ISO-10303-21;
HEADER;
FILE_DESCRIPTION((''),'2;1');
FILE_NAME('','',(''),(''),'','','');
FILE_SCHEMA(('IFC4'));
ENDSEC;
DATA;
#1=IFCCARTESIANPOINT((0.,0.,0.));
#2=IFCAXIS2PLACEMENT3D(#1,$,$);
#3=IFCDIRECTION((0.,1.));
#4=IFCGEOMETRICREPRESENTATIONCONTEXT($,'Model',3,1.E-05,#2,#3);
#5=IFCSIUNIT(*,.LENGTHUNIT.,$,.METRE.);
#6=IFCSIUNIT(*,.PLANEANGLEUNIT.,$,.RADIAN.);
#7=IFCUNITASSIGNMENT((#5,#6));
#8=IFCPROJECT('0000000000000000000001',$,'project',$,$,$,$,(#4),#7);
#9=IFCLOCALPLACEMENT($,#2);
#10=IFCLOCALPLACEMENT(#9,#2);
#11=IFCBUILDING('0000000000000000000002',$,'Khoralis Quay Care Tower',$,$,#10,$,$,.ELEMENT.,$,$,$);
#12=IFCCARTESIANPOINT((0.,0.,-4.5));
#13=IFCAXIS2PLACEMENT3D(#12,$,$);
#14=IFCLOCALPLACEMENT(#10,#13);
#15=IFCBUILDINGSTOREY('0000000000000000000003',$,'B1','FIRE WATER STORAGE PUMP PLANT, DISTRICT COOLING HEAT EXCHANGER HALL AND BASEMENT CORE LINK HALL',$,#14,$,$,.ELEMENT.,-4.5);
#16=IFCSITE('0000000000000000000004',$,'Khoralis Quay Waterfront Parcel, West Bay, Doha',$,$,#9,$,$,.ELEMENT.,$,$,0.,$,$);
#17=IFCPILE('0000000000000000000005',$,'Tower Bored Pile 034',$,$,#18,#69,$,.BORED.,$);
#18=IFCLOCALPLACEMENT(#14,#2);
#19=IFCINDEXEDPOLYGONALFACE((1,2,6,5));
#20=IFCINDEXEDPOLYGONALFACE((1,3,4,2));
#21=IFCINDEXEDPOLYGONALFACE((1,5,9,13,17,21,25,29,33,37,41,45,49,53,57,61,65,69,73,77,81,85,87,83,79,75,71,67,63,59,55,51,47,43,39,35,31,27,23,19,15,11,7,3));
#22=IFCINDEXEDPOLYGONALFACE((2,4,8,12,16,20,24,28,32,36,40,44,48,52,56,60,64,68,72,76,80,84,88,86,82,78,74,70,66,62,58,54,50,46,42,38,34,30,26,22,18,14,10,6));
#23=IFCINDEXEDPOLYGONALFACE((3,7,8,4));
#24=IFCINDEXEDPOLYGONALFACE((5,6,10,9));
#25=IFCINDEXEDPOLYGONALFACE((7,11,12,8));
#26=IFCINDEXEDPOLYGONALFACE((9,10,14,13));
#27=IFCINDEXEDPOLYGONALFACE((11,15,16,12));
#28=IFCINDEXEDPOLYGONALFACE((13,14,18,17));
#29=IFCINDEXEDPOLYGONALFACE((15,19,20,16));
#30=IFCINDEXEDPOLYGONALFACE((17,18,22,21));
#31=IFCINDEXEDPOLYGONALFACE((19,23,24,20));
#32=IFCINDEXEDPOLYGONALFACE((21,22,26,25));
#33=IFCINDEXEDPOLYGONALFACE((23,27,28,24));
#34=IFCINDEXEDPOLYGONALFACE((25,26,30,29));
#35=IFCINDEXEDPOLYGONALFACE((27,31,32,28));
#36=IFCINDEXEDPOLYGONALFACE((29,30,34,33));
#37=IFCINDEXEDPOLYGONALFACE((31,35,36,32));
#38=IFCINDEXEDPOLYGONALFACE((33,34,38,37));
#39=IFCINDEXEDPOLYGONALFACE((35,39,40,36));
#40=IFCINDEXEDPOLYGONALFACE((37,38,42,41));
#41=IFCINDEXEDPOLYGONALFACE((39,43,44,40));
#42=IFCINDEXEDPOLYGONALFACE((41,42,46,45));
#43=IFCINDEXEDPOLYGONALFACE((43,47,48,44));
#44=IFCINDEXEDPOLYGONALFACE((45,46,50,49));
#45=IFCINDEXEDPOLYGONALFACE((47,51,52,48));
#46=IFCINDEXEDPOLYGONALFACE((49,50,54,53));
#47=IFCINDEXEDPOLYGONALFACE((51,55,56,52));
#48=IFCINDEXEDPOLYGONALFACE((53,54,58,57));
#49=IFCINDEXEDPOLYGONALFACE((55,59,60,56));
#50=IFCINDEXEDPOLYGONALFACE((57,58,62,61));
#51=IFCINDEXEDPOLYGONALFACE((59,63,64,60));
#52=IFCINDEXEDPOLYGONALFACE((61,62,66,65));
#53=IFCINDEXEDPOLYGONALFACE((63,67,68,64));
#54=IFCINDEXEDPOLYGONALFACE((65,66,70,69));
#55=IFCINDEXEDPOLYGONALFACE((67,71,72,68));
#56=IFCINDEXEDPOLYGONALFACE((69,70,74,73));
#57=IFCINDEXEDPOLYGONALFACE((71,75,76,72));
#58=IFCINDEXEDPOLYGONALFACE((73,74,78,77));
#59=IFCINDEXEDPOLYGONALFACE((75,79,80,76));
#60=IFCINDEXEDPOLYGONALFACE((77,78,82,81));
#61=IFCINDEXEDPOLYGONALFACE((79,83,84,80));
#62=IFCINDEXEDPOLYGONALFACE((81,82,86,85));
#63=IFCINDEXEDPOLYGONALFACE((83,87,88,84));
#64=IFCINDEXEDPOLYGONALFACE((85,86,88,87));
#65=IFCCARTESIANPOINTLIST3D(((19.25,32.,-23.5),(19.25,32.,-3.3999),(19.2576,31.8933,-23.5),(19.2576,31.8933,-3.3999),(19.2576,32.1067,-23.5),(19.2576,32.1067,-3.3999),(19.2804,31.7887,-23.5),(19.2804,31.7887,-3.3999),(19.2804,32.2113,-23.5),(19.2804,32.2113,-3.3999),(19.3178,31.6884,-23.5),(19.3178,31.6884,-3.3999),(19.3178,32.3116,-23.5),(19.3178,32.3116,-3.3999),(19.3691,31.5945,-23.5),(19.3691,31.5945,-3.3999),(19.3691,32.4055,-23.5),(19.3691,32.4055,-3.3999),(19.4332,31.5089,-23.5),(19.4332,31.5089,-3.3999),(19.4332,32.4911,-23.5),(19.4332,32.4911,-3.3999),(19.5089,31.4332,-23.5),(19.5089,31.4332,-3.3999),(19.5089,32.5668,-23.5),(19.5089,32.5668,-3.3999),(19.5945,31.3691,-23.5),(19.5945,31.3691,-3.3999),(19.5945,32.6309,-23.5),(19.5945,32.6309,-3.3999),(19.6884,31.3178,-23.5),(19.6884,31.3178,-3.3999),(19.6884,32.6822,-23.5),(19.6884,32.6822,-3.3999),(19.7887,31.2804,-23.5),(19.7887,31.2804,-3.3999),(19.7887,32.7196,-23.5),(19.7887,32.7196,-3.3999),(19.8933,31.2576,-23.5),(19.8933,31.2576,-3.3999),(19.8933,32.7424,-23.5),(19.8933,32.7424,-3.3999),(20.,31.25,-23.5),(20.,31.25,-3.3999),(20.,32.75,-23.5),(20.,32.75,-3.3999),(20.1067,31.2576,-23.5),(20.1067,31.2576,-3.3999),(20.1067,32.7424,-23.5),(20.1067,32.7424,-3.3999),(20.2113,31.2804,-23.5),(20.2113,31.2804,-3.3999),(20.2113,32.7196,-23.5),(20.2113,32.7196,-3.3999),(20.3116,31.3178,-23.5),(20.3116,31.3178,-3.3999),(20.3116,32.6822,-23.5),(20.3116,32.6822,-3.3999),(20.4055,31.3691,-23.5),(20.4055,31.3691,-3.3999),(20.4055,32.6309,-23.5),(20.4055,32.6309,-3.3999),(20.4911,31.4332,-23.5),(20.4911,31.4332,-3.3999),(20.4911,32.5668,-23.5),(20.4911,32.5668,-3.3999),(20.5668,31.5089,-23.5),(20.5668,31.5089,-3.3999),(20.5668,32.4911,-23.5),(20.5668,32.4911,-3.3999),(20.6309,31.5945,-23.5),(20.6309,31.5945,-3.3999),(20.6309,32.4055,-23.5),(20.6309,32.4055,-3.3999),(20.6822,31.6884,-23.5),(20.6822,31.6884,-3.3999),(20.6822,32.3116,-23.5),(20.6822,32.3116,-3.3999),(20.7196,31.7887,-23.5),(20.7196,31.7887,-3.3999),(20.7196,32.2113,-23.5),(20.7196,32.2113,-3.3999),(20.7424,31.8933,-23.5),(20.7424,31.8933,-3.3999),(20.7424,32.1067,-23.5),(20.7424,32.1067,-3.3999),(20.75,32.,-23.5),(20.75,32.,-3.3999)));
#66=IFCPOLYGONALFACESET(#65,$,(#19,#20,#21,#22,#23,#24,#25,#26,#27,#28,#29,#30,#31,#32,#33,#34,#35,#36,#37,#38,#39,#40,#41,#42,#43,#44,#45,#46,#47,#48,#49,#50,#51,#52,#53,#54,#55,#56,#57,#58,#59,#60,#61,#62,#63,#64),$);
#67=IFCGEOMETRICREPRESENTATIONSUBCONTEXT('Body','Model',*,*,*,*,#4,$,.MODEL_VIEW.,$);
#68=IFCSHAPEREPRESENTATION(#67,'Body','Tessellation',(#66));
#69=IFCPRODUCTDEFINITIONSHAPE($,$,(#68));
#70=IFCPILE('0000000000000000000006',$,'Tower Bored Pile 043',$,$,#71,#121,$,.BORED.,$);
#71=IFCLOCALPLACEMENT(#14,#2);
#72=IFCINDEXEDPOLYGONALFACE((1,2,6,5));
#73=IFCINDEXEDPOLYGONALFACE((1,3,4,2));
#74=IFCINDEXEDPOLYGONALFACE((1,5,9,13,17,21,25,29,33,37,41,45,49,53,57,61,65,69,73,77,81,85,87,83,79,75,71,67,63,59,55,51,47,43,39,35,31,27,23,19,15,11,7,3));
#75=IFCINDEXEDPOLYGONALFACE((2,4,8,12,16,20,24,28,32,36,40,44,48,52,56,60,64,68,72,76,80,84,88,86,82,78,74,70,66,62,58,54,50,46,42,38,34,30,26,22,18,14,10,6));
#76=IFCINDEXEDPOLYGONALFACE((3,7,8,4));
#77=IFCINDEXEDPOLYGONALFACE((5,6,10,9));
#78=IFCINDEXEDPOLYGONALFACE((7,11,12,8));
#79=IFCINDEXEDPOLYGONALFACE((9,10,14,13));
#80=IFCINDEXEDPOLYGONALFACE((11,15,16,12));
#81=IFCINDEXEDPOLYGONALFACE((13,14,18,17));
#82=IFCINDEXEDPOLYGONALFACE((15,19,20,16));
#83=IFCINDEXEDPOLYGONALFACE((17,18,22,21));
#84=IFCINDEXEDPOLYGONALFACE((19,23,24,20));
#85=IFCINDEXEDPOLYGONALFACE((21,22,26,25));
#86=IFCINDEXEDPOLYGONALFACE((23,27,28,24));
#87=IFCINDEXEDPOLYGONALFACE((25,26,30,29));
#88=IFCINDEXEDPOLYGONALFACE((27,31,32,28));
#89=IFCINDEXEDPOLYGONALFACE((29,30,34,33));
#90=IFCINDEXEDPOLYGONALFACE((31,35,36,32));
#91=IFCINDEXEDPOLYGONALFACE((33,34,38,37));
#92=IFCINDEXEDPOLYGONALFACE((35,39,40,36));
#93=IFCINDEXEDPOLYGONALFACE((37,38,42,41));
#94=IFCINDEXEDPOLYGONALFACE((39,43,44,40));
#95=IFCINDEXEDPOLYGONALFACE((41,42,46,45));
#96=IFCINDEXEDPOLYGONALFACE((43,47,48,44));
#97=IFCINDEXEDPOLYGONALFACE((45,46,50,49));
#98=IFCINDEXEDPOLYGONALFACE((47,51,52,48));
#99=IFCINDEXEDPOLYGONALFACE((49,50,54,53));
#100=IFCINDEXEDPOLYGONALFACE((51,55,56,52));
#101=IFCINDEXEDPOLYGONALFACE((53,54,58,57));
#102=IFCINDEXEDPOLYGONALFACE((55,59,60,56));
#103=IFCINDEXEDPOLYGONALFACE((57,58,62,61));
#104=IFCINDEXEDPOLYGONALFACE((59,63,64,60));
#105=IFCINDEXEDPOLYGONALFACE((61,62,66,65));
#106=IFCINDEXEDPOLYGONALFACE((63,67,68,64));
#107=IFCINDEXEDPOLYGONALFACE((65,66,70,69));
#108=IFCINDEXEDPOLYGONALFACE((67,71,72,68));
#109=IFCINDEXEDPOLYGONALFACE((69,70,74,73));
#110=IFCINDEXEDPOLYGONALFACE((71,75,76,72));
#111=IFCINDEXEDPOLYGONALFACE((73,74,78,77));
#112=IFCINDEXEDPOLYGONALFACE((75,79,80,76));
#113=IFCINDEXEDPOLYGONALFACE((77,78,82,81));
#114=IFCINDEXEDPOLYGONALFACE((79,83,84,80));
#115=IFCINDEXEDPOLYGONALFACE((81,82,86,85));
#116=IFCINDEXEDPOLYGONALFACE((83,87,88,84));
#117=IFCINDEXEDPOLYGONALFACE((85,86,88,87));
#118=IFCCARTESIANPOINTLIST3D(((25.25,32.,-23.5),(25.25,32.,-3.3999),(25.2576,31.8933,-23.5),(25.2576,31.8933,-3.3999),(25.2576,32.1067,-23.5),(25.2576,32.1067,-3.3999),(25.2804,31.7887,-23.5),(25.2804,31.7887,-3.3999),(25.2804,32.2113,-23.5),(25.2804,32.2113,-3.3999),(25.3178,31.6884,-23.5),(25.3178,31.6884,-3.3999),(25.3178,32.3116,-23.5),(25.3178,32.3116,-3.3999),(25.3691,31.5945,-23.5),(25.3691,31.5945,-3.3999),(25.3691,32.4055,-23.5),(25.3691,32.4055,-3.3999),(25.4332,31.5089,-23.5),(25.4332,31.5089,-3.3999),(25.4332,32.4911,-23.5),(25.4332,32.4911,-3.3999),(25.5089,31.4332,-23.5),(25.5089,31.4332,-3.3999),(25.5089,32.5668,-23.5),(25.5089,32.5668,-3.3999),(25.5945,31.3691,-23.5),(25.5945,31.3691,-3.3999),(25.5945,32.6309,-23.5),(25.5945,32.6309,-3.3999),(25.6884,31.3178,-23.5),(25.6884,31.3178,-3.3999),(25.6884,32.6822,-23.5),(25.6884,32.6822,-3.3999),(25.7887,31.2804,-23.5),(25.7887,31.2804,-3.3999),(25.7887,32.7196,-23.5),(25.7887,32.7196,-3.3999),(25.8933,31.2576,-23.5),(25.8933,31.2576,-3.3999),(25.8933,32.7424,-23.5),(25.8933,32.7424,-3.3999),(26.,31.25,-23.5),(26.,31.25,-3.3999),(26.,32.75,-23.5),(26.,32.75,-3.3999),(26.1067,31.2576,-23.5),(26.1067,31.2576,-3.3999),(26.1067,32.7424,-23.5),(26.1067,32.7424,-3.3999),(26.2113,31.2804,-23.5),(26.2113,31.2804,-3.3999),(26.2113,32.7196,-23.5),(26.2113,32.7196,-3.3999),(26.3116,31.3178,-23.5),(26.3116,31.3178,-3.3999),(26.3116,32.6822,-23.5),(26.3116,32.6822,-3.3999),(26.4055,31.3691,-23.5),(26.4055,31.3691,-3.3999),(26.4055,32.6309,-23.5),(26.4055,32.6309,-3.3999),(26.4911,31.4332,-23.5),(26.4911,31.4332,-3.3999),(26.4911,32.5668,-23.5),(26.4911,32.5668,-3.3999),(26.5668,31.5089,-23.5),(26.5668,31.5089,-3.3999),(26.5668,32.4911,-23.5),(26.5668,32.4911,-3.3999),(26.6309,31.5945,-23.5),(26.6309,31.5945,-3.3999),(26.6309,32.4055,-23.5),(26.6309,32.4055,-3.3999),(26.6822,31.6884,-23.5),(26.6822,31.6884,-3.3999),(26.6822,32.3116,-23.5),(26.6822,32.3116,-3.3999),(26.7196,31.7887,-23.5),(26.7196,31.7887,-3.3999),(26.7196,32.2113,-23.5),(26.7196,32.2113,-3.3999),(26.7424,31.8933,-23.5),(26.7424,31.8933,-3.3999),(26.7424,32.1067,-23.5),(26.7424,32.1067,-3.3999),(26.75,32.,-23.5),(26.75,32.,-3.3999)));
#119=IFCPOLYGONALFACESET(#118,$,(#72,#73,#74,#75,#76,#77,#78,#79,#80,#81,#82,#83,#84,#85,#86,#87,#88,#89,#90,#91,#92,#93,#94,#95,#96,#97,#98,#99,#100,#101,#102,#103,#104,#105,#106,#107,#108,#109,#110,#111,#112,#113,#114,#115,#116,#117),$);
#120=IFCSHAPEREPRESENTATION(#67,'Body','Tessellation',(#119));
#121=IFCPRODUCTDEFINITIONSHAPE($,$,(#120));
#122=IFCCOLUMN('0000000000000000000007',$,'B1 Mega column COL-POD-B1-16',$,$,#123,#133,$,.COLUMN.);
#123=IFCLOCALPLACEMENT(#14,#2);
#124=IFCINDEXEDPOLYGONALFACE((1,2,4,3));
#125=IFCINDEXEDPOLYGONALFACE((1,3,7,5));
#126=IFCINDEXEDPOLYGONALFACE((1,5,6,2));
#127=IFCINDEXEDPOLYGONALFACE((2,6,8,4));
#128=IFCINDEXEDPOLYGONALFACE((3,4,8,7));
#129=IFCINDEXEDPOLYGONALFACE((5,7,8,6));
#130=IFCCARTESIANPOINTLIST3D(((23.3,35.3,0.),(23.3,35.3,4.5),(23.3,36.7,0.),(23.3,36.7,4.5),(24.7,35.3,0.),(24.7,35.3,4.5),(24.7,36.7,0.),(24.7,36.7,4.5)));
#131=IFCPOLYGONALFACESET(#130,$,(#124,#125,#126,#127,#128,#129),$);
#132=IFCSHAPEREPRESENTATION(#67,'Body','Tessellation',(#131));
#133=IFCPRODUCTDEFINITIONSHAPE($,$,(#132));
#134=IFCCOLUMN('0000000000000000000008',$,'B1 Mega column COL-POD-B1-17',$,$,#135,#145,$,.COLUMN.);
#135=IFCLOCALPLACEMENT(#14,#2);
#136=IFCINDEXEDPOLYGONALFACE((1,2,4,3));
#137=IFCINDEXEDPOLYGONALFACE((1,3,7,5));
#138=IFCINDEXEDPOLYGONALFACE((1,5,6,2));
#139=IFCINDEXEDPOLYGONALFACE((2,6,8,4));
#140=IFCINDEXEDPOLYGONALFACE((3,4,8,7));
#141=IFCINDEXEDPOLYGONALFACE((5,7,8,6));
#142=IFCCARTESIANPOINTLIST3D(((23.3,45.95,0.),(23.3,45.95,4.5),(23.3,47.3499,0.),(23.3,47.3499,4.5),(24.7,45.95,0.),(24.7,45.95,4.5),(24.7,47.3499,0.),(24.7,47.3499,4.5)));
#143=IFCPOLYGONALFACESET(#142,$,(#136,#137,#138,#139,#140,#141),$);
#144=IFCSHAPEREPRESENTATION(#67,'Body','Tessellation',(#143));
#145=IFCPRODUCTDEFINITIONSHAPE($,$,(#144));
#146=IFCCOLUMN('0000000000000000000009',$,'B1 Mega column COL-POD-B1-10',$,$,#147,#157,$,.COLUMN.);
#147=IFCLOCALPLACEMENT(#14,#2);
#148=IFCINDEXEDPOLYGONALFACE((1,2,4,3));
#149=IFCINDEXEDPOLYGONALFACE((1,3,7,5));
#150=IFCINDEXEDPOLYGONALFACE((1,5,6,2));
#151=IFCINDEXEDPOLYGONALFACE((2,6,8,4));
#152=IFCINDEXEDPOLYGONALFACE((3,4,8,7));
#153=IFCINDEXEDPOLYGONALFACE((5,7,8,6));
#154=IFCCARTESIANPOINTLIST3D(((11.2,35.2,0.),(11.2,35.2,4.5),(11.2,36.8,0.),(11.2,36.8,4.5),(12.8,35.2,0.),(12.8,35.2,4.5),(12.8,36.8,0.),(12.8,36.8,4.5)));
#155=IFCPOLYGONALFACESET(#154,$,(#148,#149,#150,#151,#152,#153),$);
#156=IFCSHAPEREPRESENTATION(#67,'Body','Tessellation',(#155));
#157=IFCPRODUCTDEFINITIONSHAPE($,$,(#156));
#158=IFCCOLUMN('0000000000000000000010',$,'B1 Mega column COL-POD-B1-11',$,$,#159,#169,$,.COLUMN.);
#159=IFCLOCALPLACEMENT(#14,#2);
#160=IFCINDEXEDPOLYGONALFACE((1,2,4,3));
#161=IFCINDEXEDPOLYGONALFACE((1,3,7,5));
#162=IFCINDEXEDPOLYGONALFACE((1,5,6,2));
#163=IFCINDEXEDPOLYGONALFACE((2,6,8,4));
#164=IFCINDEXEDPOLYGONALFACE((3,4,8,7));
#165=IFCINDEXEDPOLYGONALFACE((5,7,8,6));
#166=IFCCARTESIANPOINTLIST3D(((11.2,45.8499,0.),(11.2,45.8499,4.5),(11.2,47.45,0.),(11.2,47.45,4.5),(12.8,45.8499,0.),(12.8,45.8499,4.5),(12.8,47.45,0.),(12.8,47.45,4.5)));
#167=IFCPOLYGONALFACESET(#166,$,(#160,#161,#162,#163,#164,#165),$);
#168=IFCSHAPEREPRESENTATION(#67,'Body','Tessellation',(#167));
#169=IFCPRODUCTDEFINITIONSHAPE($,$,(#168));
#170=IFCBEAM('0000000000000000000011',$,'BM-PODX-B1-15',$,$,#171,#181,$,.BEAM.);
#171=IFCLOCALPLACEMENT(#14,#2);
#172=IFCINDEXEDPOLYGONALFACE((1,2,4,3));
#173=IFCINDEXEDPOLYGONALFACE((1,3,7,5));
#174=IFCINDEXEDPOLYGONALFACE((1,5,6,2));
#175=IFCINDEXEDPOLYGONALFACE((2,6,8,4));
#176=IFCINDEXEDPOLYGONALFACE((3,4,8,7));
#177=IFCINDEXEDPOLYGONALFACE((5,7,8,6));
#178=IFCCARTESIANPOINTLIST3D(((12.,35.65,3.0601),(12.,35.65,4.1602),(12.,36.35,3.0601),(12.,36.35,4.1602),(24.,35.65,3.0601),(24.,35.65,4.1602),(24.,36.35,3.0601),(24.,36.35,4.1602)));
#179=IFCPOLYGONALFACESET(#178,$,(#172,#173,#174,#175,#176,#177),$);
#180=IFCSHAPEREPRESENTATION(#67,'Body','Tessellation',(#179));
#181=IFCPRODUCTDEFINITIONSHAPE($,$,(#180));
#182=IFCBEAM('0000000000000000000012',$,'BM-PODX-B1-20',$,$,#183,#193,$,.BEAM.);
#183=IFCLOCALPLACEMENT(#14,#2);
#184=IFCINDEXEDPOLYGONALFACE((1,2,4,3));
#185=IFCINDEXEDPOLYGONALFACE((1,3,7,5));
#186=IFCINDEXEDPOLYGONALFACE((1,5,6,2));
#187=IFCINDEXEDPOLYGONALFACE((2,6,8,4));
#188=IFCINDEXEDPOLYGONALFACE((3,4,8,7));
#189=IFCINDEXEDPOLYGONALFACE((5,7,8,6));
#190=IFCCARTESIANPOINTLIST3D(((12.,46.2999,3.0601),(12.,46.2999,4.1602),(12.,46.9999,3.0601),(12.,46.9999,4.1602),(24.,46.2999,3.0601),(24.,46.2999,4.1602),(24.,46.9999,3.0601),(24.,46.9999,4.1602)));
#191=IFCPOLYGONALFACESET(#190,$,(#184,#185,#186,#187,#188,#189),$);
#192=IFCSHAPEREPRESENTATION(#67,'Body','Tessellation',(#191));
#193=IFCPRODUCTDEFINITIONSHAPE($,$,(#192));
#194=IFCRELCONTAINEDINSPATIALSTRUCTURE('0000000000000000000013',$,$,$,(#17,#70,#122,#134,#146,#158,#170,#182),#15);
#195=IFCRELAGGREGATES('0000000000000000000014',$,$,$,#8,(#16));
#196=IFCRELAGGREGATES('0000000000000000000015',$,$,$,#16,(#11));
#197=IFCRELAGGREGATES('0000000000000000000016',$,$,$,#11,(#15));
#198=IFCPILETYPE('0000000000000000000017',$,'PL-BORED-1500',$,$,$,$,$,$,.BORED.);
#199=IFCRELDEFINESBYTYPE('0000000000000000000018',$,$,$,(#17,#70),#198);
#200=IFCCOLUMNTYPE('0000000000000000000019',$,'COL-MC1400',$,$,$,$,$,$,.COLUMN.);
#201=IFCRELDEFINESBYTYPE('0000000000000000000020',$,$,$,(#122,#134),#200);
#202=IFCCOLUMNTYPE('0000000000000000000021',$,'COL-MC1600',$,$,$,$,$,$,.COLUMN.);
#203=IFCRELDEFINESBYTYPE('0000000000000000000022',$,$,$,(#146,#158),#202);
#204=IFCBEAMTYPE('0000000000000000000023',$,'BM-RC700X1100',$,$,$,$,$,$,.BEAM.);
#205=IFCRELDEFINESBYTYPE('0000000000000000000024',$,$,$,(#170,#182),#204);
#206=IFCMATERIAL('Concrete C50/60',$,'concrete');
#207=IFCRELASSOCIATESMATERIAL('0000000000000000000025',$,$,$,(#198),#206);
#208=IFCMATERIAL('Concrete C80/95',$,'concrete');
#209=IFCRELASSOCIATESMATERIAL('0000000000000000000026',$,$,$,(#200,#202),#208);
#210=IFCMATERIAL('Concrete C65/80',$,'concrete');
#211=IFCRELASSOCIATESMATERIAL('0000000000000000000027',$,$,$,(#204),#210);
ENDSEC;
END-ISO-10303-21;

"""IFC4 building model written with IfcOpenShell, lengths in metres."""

from ifc_helpers import new_model, si_unit, direction, frame, origin, origin_2d, place, context, subcontext, project, spatial, rectangle, circle, extrude, source, transform, mapped, material, material_profile, profile_set, type_object, element, save


model = new_model("IFC4")

# Units and contexts
model_context = context("Model", 3, precision=1e-05, world=origin(), true_north=direction((0.0, 1.0)))
body_context = subcontext(model_context, "Body", "Model", "MODEL_VIEW")
ifc_project = project(units=[si_unit("LENGTHUNIT", "METRE"), si_unit("PLANEANGLEUNIT", "RADIAN")], contexts=[model_context])

# Site, building, storey
site_placement = place(None, origin())
site = spatial("IfcSite", under=ifc_project, at=site_placement, Name="Khoralis Quay Waterfront Parcel, West Bay, Doha", CompositionType="ELEMENT", RefElevation=0.0)
building_placement = place(site_placement, origin())
building = spatial("IfcBuilding", under=site, at=building_placement, Name="Khoralis Quay Care Tower", CompositionType="ELEMENT")
storey_placement = place(building_placement, frame((0.0, 0.0, -4.5)))
storey = spatial("IfcBuildingStorey", under=building, at=storey_placement, Name="B1", Description="FIRE WATER STORAGE PUMP PLANT, DISTRICT COOLING HEAT EXCHANGER HALL AND BASEMENT CORE LINK HALL", CompositionType="ELEMENT", Elevation=-4.5)

# Piles
ifc_material_1 = material(Name="Concrete C50/60", Category="concrete")
ifc_material_profile_1 = material_profile(ifc_material_1, circle(Radius=0.75, at=origin_2d()), Name="Concrete C50/60")
ifc_profile_set_1 = profile_set([ifc_material_profile_1], Name="Concrete C50/60")
pile_type_1 = type_object("IfcPileType", Name="PL-BORED-1500", PredefinedType="BORED", material=ifc_profile_set_1)
shared_shape_1 = source(origin(), body_context, "Body", "SweptSolid", [
    extrude(circle(Radius=0.75, at=origin_2d()), origin(), (0.0, 0.0, 1.0), 20.1001),
])
for number, where, z_axis, x_axis, name in (
    (1, (20.0, 32.0, -3.3999), (0.0, 0.0, -1.0), (1.0, 0.0, 0.0), "Tower Bored Pile 034"),
    (2, (26.0, 32.0, -3.3999), (0.0, 0.0, -1.0), (1.0, 0.0, 0.0), "Tower Bored Pile 043"),
):
    element("IfcPile", number, at=place(storey_placement, frame(where, z_axis=z_axis, x_axis=x_axis)), inside=storey, type_object=pile_type_1, Name=name, PredefinedType="BORED", context=body_context, shape_type="MappedRepresentation", body=[
        mapped(shared_shape_1, transform((0.0, 0.0, 0.0), scale=1.0)),
    ])

# Columns
ifc_material_2 = material(Name="Concrete C80/95", Category="concrete")
ifc_material_profile_2 = material_profile(ifc_material_2, rectangle(XDim=1.3999, YDim=1.3999, at=origin_2d()), Name="Concrete C80/95")
ifc_profile_set_2 = profile_set([ifc_material_profile_2], Name="Concrete C80/95")
column_type_1 = type_object("IfcColumnType", Name="COL-MC1400", PredefinedType="COLUMN", material=ifc_profile_set_2)
shared_shape_2 = source(origin(), body_context, "Body", "SweptSolid", [
    extrude(rectangle(XDim=1.3999, YDim=1.3999, at=origin_2d()), origin(), (0.0, 0.0, 1.0), 4.5),
])
for number, where, z_axis, x_axis, name in (
    (3, (24.0, 36.0, 0.0), (0.0, 0.0, 1.0), (1.0, 0.0, 0.0), "B1 Mega column COL-POD-B1-16"),
    (4, (24.0, 46.6499, 0.0), (0.0, 0.0, 1.0), (1.0, 0.0, 0.0), "B1 Mega column COL-POD-B1-17"),
):
    element("IfcColumn", number, at=place(storey_placement, frame(where, z_axis=z_axis, x_axis=x_axis)), inside=storey, type_object=column_type_1, Name=name, PredefinedType="COLUMN", context=body_context, shape_type="MappedRepresentation", body=[
        mapped(shared_shape_2, transform((0.0, 0.0, 0.0), scale=1.0)),
    ])
ifc_material_profile_3 = material_profile(ifc_material_2, rectangle(XDim=1.6001, YDim=1.6001, at=origin_2d()), Name="Concrete C80/95")
ifc_profile_set_3 = profile_set([ifc_material_profile_3], Name="Concrete C80/95")
column_type_2 = type_object("IfcColumnType", Name="COL-MC1600", PredefinedType="COLUMN", material=ifc_profile_set_3)
shared_shape_3 = source(origin(), body_context, "Body", "SweptSolid", [
    extrude(rectangle(XDim=1.6001, YDim=1.6001, at=origin_2d()), origin(), (0.0, 0.0, 1.0), 4.5),
])
for number, where, z_axis, x_axis, name in (
    (5, (12.0, 36.0, 0.0), (0.0, 0.0, 1.0), (1.0, 0.0, 0.0), "B1 Mega column COL-POD-B1-10"),
    (6, (12.0, 46.6499, 0.0), (0.0, 0.0, 1.0), (1.0, 0.0, 0.0), "B1 Mega column COL-POD-B1-11"),
):
    element("IfcColumn", number, at=place(storey_placement, frame(where, z_axis=z_axis, x_axis=x_axis)), inside=storey, type_object=column_type_2, Name=name, PredefinedType="COLUMN", context=body_context, shape_type="MappedRepresentation", body=[
        mapped(shared_shape_3, transform((0.0, 0.0, 0.0), scale=1.0)),
    ])

# Beams
ifc_material_3 = material(Name="Concrete C65/80", Category="concrete")
ifc_material_profile_4 = material_profile(ifc_material_3, rectangle(XDim=0.7, YDim=1.1001, at=origin_2d()), Name="Concrete C65/80")
ifc_profile_set_4 = profile_set([ifc_material_profile_4], Name="Concrete C65/80")
beam_type_1 = type_object("IfcBeamType", Name="BM-RC700X1100", PredefinedType="BEAM", material=ifc_profile_set_4)
shared_shape_4 = source(origin(), body_context, "Body", "SweptSolid", [
    extrude(rectangle(XDim=0.7, YDim=1.1001, at=origin_2d()), origin(), (0.0, 0.0, 1.0), 12.0),
])
for number, where, z_axis, x_axis, name in (
    (7, (12.0, 36.0, 3.6101), (1.0, 0.0, 0.0), (0.0, 1.0, 0.0), "BM-PODX-B1-15"),
    (8, (12.0, 46.6499, 3.6101), (1.0, 0.0, 0.0), (0.0, 1.0, 0.0), "BM-PODX-B1-20"),
):
    element("IfcBeam", number, at=place(storey_placement, frame(where, z_axis=z_axis, x_axis=x_axis)), inside=storey, type_object=beam_type_1, Name=name, PredefinedType="BEAM", context=body_context, shape_type="MappedRepresentation", body=[
        mapped(shared_shape_4, transform((0.0, 0.0, 0.0), scale=1.0)),
    ])

save(model, "model.ifc")
